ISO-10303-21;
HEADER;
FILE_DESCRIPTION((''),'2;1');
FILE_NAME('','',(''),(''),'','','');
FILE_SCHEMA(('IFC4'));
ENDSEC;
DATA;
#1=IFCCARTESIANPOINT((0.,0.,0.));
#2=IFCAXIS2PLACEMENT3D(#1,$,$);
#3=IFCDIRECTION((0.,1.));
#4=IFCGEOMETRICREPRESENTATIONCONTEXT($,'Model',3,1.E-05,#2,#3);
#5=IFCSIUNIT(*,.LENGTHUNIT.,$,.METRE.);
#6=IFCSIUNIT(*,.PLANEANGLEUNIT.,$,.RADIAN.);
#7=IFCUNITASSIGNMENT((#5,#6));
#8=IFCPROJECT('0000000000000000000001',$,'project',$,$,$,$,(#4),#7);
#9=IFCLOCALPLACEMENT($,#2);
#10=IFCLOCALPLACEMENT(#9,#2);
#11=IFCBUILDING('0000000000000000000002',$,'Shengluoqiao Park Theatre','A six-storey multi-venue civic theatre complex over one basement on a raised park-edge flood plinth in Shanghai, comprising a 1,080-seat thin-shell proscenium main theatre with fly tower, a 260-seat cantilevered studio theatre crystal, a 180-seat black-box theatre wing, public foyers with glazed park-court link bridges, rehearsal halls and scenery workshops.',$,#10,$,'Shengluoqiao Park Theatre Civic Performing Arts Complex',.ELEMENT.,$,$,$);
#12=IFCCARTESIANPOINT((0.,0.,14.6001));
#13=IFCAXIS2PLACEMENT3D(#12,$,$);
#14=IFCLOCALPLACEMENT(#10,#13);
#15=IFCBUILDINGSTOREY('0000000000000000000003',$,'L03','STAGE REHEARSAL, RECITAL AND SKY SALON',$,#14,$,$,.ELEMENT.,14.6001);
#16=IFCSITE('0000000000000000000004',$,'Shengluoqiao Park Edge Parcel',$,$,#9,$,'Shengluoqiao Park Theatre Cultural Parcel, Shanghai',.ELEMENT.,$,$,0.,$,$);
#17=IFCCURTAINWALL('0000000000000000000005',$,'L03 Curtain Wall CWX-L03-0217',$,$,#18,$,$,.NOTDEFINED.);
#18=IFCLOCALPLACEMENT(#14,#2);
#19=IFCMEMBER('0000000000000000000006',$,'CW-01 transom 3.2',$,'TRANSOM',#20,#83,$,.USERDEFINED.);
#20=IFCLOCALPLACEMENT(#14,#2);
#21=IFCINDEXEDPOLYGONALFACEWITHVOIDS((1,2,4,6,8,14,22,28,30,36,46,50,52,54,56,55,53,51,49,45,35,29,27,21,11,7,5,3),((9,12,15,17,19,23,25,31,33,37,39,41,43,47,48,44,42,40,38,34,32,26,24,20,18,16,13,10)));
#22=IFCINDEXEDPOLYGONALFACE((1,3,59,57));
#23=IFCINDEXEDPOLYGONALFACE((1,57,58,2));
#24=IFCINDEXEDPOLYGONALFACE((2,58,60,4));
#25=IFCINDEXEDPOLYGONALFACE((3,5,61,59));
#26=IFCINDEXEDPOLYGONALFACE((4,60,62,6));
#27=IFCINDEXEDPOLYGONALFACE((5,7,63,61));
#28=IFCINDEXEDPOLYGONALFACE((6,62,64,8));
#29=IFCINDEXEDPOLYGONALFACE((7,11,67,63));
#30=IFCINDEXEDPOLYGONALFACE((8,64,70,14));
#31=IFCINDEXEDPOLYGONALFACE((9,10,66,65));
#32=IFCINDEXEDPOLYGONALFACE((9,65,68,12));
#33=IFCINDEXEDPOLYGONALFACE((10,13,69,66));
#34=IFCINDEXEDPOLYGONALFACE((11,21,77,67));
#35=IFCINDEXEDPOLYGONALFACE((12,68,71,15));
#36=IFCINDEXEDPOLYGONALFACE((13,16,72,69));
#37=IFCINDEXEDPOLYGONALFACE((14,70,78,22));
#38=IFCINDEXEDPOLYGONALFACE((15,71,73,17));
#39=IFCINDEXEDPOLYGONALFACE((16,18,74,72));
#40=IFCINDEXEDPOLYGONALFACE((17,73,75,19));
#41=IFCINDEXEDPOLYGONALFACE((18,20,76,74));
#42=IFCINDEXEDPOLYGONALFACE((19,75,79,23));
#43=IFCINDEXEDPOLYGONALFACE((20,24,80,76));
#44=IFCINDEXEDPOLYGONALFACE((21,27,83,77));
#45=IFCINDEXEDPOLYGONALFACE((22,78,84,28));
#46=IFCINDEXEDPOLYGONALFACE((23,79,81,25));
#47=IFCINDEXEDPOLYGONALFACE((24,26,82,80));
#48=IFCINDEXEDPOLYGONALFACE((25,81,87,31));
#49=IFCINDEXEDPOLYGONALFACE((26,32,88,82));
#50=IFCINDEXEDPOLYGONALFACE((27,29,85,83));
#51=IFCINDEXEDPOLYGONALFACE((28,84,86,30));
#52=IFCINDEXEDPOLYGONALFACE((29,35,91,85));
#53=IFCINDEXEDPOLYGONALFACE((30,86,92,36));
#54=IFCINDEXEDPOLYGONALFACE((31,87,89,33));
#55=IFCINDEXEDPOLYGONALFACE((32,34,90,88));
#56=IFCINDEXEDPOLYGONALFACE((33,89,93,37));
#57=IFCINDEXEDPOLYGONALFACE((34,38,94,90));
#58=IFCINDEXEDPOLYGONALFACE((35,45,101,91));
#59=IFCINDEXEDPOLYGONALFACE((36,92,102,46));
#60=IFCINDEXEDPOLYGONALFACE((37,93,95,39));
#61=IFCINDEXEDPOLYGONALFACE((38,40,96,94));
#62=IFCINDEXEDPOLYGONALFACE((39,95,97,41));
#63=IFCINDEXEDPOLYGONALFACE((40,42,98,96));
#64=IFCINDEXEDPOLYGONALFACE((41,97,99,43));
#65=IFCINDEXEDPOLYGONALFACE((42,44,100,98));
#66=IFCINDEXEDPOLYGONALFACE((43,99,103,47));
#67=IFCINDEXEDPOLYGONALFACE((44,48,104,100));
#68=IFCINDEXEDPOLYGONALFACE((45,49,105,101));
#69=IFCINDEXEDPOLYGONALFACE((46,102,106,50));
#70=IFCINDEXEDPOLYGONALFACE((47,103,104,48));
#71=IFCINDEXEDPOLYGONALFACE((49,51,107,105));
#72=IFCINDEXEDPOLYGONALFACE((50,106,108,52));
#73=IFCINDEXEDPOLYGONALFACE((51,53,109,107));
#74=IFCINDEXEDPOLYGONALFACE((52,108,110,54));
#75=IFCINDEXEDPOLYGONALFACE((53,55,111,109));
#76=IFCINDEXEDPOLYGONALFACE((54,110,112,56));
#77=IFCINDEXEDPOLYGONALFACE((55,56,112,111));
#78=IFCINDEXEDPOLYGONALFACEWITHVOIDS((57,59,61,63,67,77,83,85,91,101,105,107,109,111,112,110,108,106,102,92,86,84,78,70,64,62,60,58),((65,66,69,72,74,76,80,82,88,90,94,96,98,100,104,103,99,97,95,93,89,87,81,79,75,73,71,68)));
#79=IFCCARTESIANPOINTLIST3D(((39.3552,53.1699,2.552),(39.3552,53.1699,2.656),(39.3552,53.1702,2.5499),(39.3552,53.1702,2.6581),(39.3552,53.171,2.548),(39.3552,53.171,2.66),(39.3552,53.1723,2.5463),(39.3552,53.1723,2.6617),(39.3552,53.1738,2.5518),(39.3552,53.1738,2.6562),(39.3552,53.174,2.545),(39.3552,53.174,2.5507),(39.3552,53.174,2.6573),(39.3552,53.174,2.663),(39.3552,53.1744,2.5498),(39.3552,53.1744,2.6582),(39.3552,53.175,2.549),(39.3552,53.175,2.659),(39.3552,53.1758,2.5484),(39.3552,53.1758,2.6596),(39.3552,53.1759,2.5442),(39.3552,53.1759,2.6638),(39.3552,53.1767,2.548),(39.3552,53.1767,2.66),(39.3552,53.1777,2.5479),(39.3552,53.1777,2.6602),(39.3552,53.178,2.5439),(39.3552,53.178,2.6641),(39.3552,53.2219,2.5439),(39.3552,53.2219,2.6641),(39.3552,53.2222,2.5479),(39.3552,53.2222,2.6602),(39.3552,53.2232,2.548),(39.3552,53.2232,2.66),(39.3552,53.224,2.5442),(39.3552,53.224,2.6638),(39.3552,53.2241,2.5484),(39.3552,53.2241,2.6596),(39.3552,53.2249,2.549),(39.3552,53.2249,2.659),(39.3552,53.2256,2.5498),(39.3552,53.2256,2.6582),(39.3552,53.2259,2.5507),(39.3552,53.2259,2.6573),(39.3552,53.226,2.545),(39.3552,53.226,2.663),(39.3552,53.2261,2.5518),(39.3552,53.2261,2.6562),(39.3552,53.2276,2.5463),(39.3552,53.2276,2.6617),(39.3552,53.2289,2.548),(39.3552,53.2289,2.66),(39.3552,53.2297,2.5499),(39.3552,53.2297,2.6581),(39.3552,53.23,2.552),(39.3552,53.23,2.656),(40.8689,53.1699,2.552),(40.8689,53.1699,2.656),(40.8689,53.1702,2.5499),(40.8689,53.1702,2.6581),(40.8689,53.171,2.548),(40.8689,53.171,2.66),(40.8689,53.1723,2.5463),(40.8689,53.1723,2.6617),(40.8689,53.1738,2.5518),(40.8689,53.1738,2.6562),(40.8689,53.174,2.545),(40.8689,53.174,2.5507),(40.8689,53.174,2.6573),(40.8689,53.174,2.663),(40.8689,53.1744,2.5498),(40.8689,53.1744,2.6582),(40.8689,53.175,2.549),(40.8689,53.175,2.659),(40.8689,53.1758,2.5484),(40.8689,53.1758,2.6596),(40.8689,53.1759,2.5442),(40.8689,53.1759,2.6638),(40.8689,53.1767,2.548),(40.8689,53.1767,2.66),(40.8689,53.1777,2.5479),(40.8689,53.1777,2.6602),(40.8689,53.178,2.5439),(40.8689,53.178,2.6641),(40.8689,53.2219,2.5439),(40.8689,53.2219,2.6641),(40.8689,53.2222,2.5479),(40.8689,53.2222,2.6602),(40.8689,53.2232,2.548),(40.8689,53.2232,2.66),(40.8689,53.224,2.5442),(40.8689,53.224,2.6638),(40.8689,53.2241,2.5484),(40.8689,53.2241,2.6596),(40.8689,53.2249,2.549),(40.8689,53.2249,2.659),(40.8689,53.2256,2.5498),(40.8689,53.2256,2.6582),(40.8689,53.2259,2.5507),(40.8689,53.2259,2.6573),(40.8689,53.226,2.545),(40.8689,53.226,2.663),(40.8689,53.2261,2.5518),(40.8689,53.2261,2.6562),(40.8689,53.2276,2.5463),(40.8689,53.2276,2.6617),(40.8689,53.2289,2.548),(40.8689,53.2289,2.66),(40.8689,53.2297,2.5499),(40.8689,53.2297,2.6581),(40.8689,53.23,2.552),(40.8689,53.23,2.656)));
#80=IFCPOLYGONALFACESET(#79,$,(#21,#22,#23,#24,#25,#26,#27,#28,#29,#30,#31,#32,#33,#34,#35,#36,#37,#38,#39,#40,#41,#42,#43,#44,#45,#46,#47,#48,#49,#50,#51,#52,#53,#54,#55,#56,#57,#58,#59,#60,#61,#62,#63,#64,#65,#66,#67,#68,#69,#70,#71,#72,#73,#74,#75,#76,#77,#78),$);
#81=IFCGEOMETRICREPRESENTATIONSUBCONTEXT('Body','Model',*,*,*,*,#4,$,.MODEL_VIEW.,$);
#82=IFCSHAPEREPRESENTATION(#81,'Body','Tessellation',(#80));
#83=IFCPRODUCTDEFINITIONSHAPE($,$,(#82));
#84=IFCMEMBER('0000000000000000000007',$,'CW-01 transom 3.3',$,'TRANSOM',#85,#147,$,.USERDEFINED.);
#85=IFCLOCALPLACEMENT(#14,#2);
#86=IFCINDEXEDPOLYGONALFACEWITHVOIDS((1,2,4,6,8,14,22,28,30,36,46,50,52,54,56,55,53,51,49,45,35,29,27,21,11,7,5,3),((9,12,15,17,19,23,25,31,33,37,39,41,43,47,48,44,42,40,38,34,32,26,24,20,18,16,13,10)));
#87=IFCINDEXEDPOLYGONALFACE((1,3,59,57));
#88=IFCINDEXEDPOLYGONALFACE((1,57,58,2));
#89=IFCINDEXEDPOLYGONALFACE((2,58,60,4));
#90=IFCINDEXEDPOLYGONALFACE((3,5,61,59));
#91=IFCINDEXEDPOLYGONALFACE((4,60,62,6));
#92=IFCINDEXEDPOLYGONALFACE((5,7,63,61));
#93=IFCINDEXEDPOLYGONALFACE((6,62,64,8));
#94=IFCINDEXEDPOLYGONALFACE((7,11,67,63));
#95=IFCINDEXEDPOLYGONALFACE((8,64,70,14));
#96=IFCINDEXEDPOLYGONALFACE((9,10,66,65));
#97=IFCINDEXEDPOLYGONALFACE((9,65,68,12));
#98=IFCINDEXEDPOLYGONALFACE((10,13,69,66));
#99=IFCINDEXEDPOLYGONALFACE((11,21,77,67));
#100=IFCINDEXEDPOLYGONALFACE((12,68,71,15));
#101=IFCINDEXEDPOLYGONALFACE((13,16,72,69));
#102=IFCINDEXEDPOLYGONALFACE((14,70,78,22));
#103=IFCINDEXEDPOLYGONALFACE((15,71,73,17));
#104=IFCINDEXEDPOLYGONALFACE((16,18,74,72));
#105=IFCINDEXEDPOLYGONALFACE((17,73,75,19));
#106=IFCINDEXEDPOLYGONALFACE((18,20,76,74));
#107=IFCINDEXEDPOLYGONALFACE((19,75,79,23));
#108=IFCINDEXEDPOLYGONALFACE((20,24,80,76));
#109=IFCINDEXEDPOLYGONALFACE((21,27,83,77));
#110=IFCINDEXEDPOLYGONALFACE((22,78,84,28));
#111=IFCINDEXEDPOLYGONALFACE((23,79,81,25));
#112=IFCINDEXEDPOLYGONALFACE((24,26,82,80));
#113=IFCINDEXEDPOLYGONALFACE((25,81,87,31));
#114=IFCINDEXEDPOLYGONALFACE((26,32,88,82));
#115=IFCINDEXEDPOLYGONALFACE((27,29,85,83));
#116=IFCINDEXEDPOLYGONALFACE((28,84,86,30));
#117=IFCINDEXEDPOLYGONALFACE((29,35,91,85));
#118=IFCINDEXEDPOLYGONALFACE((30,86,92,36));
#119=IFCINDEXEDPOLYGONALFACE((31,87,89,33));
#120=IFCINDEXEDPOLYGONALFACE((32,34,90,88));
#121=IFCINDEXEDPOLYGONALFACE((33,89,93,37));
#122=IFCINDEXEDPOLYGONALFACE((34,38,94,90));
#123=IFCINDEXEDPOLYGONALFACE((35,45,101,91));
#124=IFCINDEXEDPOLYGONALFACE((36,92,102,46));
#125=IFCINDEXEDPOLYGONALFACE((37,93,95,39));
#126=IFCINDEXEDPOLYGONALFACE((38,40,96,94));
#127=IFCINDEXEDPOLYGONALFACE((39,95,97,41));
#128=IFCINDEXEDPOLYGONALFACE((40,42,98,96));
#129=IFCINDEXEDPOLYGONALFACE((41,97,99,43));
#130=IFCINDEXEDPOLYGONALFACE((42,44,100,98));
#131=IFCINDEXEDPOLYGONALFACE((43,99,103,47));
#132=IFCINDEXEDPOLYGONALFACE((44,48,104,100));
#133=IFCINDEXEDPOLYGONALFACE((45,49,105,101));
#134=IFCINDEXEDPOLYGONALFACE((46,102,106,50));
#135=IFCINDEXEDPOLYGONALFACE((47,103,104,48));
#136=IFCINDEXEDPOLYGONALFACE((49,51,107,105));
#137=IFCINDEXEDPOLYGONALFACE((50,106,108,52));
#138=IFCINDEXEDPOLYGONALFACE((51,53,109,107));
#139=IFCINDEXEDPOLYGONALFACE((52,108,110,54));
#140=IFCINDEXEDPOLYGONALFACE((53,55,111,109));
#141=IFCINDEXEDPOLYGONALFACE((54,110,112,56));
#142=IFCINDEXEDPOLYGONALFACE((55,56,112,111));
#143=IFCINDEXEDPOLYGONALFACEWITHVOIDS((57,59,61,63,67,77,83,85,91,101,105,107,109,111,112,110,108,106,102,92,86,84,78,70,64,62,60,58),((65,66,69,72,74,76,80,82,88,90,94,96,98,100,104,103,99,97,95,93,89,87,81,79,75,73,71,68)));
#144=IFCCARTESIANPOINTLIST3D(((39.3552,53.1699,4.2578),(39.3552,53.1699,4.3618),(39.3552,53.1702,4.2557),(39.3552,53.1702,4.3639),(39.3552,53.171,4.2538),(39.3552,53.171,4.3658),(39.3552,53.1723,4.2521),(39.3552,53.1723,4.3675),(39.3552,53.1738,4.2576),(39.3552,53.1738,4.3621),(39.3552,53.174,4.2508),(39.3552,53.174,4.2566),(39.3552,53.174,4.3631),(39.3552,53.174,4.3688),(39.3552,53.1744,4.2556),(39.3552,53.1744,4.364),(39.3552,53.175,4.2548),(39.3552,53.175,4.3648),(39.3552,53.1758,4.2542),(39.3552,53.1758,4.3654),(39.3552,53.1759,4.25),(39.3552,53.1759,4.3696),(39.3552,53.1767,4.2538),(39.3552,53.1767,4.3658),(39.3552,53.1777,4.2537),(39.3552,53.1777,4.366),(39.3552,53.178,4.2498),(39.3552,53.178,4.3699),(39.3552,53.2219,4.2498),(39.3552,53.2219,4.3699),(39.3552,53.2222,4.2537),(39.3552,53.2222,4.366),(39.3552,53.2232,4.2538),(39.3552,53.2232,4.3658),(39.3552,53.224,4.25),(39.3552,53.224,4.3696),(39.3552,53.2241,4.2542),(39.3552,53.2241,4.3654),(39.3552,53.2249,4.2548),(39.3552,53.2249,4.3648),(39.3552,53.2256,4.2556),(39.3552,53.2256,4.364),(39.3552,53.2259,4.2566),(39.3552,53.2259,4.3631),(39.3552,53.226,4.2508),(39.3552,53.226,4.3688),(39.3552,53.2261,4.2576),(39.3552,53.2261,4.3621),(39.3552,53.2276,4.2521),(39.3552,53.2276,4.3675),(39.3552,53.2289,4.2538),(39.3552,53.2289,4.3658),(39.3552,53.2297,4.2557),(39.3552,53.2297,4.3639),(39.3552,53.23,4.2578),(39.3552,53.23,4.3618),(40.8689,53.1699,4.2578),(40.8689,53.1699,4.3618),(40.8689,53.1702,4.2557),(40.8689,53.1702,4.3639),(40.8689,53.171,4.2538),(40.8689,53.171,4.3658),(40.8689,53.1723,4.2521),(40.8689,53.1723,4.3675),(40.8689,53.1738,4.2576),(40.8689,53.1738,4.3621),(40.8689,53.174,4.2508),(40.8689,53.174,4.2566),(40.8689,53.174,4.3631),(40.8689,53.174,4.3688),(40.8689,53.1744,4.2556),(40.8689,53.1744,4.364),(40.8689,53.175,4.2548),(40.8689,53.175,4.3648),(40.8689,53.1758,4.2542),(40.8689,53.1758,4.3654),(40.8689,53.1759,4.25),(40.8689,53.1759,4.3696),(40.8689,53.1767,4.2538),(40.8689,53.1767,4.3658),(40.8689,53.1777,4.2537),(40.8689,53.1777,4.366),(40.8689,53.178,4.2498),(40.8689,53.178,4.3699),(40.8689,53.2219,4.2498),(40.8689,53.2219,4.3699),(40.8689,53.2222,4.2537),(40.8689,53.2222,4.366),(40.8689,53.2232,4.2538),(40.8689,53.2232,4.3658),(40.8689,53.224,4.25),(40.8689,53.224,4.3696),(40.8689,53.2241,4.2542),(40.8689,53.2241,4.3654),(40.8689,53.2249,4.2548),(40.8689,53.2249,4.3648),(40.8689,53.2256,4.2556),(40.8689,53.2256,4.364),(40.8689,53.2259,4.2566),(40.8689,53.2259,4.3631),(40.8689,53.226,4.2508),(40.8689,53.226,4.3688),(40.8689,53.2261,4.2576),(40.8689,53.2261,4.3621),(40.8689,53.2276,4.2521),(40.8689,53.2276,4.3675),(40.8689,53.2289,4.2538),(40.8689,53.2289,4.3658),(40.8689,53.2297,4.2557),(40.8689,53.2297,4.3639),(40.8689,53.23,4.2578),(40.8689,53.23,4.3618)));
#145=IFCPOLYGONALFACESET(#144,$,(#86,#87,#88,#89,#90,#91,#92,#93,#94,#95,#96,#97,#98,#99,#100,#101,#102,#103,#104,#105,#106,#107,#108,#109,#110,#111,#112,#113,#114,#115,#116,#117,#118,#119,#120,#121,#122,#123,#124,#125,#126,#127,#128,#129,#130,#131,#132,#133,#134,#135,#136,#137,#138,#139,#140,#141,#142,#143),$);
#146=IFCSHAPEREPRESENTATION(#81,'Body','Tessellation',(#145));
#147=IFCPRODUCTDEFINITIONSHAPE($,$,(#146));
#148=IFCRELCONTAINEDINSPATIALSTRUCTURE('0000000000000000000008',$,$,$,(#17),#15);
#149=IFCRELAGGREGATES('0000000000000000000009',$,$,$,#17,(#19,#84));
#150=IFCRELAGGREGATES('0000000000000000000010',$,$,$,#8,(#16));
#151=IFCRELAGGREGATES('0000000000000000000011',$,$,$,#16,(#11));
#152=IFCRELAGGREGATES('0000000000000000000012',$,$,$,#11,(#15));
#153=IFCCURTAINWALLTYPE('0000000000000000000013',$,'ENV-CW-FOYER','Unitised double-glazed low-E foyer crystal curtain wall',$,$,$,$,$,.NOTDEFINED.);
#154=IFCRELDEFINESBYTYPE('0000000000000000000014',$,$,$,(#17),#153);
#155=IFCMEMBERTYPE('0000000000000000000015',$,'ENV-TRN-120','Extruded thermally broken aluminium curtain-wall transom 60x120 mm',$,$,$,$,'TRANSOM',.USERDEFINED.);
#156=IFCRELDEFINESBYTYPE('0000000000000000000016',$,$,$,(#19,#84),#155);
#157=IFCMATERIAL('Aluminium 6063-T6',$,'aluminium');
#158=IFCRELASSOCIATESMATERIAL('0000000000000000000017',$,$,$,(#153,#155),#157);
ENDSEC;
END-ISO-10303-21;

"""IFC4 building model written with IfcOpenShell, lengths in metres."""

from ifc_helpers import new_model, si_unit, direction, frame, origin, origin_2d, place, context, subcontext, project, spatial, hollow_rectangle, extrude, material, material_profile, profile_set, type_object, element, aggregate, save


model = new_model("IFC4")

# Units and contexts
model_context = context("Model", 3, precision=1e-05, world=origin(), true_north=direction((0.0, 1.0)))
body_context = subcontext(model_context, "Body", "Model", "MODEL_VIEW")
ifc_project = project(units=[si_unit("LENGTHUNIT", "METRE"), si_unit("PLANEANGLEUNIT", "RADIAN")], contexts=[model_context])

# Site, building, storey
site_placement = place(None, origin())
site = spatial("IfcSite", under=ifc_project, at=site_placement, Name="Shengluoqiao Park Edge Parcel", LongName="Shengluoqiao Park Theatre Cultural Parcel, Shanghai", CompositionType="ELEMENT", RefElevation=0.0)
building_placement = place(site_placement, origin())
building = spatial("IfcBuilding", under=site, at=building_placement, Name="Shengluoqiao Park Theatre", Description="A six-storey multi-venue civic theatre complex over one basement on a raised park-edge flood plinth in Shanghai, comprising a 1,080-seat thin-shell proscenium main theatre with fly tower, a 260-seat cantilevered studio theatre crystal, a 180-seat black-box theatre wing, public foyers with glazed park-court link bridges, rehearsal halls and scenery workshops.", LongName="Shengluoqiao Park Theatre Civic Performing Arts Complex", CompositionType="ELEMENT")
storey_placement = place(building_placement, frame((0.0, 0.0, 14.6001)))
storey = spatial("IfcBuildingStorey", under=building, at=storey_placement, Name="L03", Description="STAGE REHEARSAL, RECITAL AND SKY SALON", CompositionType="ELEMENT", Elevation=14.6001)

# Shared definitions
ifc_material_1 = material(Name="Aluminium 6063-T6", Category="aluminium")

# Curtain wall
curtain_wall_type_1 = type_object("IfcCurtainWallType", Name="ENV-CW-FOYER", Description="Unitised double-glazed low-E foyer crystal curtain wall", PredefinedType="NOTDEFINED", material=ifc_material_1)
curtain_wall_1_placement = place(storey_placement, origin())
curtain_wall_1 = element("IfcCurtainWall", 1, at=curtain_wall_1_placement, inside=storey, type_object=curtain_wall_type_1, Name="L03 Curtain Wall CWX-L03-0217", PredefinedType="NOTDEFINED")

# Members
ifc_material_profile_1 = material_profile(ifc_material_1, hollow_rectangle(XDim=0.0601, YDim=0.1201, WallThickness=0.0039, InnerFilletRadius=0.0039, OuterFilletRadius=0.0081, at=origin_2d()), Name="ALU TRANSOM 120x60x4")
ifc_profile_set_1 = profile_set([ifc_material_profile_1], Name="Aluminium 6063-T6")
member_type_1 = type_object("IfcMemberType", Name="ENV-TRN-120", Description="Extruded thermally broken aluminium curtain-wall transom 60x120 mm", ElementType="TRANSOM", PredefinedType="USERDEFINED", material=ifc_profile_set_1)
member_1_placement = place(storey_placement, frame((39.3552, 53.2, 2.604), z_axis=(1.0, 0.0, 0.0), x_axis=(0.0, 1.0, 0.0)))
member_1 = element("IfcMember", 2, at=member_1_placement, type_object=member_type_1, Name="CW-01 transom 3.2", ObjectType="TRANSOM", PredefinedType="USERDEFINED", context=body_context, shape_type="SweptSolid", body=[
    extrude(hollow_rectangle(XDim=0.0601, YDim=0.1201, WallThickness=0.0039, InnerFilletRadius=0.0039, OuterFilletRadius=0.0081, at=origin_2d()), origin(), (0.0, 0.0, 1.0), 1.5137),
])
member_2_placement = place(storey_placement, frame((39.3552, 53.2, 4.3098), z_axis=(1.0, 0.0, 0.0), x_axis=(0.0, 1.0, 0.0)))
member_2 = element("IfcMember", 3, at=member_2_placement, type_object=member_type_1, Name="CW-01 transom 3.3", ObjectType="TRANSOM", PredefinedType="USERDEFINED", context=body_context, shape_type="SweptSolid", body=[
    extrude(hollow_rectangle(XDim=0.0601, YDim=0.1201, WallThickness=0.0039, InnerFilletRadius=0.0039, OuterFilletRadius=0.0081, at=origin_2d()), origin(), (0.0, 0.0, 1.0), 1.5137),
])

aggregate(curtain_wall_1, [member_1, member_2])

save(model, "model.ifc")
